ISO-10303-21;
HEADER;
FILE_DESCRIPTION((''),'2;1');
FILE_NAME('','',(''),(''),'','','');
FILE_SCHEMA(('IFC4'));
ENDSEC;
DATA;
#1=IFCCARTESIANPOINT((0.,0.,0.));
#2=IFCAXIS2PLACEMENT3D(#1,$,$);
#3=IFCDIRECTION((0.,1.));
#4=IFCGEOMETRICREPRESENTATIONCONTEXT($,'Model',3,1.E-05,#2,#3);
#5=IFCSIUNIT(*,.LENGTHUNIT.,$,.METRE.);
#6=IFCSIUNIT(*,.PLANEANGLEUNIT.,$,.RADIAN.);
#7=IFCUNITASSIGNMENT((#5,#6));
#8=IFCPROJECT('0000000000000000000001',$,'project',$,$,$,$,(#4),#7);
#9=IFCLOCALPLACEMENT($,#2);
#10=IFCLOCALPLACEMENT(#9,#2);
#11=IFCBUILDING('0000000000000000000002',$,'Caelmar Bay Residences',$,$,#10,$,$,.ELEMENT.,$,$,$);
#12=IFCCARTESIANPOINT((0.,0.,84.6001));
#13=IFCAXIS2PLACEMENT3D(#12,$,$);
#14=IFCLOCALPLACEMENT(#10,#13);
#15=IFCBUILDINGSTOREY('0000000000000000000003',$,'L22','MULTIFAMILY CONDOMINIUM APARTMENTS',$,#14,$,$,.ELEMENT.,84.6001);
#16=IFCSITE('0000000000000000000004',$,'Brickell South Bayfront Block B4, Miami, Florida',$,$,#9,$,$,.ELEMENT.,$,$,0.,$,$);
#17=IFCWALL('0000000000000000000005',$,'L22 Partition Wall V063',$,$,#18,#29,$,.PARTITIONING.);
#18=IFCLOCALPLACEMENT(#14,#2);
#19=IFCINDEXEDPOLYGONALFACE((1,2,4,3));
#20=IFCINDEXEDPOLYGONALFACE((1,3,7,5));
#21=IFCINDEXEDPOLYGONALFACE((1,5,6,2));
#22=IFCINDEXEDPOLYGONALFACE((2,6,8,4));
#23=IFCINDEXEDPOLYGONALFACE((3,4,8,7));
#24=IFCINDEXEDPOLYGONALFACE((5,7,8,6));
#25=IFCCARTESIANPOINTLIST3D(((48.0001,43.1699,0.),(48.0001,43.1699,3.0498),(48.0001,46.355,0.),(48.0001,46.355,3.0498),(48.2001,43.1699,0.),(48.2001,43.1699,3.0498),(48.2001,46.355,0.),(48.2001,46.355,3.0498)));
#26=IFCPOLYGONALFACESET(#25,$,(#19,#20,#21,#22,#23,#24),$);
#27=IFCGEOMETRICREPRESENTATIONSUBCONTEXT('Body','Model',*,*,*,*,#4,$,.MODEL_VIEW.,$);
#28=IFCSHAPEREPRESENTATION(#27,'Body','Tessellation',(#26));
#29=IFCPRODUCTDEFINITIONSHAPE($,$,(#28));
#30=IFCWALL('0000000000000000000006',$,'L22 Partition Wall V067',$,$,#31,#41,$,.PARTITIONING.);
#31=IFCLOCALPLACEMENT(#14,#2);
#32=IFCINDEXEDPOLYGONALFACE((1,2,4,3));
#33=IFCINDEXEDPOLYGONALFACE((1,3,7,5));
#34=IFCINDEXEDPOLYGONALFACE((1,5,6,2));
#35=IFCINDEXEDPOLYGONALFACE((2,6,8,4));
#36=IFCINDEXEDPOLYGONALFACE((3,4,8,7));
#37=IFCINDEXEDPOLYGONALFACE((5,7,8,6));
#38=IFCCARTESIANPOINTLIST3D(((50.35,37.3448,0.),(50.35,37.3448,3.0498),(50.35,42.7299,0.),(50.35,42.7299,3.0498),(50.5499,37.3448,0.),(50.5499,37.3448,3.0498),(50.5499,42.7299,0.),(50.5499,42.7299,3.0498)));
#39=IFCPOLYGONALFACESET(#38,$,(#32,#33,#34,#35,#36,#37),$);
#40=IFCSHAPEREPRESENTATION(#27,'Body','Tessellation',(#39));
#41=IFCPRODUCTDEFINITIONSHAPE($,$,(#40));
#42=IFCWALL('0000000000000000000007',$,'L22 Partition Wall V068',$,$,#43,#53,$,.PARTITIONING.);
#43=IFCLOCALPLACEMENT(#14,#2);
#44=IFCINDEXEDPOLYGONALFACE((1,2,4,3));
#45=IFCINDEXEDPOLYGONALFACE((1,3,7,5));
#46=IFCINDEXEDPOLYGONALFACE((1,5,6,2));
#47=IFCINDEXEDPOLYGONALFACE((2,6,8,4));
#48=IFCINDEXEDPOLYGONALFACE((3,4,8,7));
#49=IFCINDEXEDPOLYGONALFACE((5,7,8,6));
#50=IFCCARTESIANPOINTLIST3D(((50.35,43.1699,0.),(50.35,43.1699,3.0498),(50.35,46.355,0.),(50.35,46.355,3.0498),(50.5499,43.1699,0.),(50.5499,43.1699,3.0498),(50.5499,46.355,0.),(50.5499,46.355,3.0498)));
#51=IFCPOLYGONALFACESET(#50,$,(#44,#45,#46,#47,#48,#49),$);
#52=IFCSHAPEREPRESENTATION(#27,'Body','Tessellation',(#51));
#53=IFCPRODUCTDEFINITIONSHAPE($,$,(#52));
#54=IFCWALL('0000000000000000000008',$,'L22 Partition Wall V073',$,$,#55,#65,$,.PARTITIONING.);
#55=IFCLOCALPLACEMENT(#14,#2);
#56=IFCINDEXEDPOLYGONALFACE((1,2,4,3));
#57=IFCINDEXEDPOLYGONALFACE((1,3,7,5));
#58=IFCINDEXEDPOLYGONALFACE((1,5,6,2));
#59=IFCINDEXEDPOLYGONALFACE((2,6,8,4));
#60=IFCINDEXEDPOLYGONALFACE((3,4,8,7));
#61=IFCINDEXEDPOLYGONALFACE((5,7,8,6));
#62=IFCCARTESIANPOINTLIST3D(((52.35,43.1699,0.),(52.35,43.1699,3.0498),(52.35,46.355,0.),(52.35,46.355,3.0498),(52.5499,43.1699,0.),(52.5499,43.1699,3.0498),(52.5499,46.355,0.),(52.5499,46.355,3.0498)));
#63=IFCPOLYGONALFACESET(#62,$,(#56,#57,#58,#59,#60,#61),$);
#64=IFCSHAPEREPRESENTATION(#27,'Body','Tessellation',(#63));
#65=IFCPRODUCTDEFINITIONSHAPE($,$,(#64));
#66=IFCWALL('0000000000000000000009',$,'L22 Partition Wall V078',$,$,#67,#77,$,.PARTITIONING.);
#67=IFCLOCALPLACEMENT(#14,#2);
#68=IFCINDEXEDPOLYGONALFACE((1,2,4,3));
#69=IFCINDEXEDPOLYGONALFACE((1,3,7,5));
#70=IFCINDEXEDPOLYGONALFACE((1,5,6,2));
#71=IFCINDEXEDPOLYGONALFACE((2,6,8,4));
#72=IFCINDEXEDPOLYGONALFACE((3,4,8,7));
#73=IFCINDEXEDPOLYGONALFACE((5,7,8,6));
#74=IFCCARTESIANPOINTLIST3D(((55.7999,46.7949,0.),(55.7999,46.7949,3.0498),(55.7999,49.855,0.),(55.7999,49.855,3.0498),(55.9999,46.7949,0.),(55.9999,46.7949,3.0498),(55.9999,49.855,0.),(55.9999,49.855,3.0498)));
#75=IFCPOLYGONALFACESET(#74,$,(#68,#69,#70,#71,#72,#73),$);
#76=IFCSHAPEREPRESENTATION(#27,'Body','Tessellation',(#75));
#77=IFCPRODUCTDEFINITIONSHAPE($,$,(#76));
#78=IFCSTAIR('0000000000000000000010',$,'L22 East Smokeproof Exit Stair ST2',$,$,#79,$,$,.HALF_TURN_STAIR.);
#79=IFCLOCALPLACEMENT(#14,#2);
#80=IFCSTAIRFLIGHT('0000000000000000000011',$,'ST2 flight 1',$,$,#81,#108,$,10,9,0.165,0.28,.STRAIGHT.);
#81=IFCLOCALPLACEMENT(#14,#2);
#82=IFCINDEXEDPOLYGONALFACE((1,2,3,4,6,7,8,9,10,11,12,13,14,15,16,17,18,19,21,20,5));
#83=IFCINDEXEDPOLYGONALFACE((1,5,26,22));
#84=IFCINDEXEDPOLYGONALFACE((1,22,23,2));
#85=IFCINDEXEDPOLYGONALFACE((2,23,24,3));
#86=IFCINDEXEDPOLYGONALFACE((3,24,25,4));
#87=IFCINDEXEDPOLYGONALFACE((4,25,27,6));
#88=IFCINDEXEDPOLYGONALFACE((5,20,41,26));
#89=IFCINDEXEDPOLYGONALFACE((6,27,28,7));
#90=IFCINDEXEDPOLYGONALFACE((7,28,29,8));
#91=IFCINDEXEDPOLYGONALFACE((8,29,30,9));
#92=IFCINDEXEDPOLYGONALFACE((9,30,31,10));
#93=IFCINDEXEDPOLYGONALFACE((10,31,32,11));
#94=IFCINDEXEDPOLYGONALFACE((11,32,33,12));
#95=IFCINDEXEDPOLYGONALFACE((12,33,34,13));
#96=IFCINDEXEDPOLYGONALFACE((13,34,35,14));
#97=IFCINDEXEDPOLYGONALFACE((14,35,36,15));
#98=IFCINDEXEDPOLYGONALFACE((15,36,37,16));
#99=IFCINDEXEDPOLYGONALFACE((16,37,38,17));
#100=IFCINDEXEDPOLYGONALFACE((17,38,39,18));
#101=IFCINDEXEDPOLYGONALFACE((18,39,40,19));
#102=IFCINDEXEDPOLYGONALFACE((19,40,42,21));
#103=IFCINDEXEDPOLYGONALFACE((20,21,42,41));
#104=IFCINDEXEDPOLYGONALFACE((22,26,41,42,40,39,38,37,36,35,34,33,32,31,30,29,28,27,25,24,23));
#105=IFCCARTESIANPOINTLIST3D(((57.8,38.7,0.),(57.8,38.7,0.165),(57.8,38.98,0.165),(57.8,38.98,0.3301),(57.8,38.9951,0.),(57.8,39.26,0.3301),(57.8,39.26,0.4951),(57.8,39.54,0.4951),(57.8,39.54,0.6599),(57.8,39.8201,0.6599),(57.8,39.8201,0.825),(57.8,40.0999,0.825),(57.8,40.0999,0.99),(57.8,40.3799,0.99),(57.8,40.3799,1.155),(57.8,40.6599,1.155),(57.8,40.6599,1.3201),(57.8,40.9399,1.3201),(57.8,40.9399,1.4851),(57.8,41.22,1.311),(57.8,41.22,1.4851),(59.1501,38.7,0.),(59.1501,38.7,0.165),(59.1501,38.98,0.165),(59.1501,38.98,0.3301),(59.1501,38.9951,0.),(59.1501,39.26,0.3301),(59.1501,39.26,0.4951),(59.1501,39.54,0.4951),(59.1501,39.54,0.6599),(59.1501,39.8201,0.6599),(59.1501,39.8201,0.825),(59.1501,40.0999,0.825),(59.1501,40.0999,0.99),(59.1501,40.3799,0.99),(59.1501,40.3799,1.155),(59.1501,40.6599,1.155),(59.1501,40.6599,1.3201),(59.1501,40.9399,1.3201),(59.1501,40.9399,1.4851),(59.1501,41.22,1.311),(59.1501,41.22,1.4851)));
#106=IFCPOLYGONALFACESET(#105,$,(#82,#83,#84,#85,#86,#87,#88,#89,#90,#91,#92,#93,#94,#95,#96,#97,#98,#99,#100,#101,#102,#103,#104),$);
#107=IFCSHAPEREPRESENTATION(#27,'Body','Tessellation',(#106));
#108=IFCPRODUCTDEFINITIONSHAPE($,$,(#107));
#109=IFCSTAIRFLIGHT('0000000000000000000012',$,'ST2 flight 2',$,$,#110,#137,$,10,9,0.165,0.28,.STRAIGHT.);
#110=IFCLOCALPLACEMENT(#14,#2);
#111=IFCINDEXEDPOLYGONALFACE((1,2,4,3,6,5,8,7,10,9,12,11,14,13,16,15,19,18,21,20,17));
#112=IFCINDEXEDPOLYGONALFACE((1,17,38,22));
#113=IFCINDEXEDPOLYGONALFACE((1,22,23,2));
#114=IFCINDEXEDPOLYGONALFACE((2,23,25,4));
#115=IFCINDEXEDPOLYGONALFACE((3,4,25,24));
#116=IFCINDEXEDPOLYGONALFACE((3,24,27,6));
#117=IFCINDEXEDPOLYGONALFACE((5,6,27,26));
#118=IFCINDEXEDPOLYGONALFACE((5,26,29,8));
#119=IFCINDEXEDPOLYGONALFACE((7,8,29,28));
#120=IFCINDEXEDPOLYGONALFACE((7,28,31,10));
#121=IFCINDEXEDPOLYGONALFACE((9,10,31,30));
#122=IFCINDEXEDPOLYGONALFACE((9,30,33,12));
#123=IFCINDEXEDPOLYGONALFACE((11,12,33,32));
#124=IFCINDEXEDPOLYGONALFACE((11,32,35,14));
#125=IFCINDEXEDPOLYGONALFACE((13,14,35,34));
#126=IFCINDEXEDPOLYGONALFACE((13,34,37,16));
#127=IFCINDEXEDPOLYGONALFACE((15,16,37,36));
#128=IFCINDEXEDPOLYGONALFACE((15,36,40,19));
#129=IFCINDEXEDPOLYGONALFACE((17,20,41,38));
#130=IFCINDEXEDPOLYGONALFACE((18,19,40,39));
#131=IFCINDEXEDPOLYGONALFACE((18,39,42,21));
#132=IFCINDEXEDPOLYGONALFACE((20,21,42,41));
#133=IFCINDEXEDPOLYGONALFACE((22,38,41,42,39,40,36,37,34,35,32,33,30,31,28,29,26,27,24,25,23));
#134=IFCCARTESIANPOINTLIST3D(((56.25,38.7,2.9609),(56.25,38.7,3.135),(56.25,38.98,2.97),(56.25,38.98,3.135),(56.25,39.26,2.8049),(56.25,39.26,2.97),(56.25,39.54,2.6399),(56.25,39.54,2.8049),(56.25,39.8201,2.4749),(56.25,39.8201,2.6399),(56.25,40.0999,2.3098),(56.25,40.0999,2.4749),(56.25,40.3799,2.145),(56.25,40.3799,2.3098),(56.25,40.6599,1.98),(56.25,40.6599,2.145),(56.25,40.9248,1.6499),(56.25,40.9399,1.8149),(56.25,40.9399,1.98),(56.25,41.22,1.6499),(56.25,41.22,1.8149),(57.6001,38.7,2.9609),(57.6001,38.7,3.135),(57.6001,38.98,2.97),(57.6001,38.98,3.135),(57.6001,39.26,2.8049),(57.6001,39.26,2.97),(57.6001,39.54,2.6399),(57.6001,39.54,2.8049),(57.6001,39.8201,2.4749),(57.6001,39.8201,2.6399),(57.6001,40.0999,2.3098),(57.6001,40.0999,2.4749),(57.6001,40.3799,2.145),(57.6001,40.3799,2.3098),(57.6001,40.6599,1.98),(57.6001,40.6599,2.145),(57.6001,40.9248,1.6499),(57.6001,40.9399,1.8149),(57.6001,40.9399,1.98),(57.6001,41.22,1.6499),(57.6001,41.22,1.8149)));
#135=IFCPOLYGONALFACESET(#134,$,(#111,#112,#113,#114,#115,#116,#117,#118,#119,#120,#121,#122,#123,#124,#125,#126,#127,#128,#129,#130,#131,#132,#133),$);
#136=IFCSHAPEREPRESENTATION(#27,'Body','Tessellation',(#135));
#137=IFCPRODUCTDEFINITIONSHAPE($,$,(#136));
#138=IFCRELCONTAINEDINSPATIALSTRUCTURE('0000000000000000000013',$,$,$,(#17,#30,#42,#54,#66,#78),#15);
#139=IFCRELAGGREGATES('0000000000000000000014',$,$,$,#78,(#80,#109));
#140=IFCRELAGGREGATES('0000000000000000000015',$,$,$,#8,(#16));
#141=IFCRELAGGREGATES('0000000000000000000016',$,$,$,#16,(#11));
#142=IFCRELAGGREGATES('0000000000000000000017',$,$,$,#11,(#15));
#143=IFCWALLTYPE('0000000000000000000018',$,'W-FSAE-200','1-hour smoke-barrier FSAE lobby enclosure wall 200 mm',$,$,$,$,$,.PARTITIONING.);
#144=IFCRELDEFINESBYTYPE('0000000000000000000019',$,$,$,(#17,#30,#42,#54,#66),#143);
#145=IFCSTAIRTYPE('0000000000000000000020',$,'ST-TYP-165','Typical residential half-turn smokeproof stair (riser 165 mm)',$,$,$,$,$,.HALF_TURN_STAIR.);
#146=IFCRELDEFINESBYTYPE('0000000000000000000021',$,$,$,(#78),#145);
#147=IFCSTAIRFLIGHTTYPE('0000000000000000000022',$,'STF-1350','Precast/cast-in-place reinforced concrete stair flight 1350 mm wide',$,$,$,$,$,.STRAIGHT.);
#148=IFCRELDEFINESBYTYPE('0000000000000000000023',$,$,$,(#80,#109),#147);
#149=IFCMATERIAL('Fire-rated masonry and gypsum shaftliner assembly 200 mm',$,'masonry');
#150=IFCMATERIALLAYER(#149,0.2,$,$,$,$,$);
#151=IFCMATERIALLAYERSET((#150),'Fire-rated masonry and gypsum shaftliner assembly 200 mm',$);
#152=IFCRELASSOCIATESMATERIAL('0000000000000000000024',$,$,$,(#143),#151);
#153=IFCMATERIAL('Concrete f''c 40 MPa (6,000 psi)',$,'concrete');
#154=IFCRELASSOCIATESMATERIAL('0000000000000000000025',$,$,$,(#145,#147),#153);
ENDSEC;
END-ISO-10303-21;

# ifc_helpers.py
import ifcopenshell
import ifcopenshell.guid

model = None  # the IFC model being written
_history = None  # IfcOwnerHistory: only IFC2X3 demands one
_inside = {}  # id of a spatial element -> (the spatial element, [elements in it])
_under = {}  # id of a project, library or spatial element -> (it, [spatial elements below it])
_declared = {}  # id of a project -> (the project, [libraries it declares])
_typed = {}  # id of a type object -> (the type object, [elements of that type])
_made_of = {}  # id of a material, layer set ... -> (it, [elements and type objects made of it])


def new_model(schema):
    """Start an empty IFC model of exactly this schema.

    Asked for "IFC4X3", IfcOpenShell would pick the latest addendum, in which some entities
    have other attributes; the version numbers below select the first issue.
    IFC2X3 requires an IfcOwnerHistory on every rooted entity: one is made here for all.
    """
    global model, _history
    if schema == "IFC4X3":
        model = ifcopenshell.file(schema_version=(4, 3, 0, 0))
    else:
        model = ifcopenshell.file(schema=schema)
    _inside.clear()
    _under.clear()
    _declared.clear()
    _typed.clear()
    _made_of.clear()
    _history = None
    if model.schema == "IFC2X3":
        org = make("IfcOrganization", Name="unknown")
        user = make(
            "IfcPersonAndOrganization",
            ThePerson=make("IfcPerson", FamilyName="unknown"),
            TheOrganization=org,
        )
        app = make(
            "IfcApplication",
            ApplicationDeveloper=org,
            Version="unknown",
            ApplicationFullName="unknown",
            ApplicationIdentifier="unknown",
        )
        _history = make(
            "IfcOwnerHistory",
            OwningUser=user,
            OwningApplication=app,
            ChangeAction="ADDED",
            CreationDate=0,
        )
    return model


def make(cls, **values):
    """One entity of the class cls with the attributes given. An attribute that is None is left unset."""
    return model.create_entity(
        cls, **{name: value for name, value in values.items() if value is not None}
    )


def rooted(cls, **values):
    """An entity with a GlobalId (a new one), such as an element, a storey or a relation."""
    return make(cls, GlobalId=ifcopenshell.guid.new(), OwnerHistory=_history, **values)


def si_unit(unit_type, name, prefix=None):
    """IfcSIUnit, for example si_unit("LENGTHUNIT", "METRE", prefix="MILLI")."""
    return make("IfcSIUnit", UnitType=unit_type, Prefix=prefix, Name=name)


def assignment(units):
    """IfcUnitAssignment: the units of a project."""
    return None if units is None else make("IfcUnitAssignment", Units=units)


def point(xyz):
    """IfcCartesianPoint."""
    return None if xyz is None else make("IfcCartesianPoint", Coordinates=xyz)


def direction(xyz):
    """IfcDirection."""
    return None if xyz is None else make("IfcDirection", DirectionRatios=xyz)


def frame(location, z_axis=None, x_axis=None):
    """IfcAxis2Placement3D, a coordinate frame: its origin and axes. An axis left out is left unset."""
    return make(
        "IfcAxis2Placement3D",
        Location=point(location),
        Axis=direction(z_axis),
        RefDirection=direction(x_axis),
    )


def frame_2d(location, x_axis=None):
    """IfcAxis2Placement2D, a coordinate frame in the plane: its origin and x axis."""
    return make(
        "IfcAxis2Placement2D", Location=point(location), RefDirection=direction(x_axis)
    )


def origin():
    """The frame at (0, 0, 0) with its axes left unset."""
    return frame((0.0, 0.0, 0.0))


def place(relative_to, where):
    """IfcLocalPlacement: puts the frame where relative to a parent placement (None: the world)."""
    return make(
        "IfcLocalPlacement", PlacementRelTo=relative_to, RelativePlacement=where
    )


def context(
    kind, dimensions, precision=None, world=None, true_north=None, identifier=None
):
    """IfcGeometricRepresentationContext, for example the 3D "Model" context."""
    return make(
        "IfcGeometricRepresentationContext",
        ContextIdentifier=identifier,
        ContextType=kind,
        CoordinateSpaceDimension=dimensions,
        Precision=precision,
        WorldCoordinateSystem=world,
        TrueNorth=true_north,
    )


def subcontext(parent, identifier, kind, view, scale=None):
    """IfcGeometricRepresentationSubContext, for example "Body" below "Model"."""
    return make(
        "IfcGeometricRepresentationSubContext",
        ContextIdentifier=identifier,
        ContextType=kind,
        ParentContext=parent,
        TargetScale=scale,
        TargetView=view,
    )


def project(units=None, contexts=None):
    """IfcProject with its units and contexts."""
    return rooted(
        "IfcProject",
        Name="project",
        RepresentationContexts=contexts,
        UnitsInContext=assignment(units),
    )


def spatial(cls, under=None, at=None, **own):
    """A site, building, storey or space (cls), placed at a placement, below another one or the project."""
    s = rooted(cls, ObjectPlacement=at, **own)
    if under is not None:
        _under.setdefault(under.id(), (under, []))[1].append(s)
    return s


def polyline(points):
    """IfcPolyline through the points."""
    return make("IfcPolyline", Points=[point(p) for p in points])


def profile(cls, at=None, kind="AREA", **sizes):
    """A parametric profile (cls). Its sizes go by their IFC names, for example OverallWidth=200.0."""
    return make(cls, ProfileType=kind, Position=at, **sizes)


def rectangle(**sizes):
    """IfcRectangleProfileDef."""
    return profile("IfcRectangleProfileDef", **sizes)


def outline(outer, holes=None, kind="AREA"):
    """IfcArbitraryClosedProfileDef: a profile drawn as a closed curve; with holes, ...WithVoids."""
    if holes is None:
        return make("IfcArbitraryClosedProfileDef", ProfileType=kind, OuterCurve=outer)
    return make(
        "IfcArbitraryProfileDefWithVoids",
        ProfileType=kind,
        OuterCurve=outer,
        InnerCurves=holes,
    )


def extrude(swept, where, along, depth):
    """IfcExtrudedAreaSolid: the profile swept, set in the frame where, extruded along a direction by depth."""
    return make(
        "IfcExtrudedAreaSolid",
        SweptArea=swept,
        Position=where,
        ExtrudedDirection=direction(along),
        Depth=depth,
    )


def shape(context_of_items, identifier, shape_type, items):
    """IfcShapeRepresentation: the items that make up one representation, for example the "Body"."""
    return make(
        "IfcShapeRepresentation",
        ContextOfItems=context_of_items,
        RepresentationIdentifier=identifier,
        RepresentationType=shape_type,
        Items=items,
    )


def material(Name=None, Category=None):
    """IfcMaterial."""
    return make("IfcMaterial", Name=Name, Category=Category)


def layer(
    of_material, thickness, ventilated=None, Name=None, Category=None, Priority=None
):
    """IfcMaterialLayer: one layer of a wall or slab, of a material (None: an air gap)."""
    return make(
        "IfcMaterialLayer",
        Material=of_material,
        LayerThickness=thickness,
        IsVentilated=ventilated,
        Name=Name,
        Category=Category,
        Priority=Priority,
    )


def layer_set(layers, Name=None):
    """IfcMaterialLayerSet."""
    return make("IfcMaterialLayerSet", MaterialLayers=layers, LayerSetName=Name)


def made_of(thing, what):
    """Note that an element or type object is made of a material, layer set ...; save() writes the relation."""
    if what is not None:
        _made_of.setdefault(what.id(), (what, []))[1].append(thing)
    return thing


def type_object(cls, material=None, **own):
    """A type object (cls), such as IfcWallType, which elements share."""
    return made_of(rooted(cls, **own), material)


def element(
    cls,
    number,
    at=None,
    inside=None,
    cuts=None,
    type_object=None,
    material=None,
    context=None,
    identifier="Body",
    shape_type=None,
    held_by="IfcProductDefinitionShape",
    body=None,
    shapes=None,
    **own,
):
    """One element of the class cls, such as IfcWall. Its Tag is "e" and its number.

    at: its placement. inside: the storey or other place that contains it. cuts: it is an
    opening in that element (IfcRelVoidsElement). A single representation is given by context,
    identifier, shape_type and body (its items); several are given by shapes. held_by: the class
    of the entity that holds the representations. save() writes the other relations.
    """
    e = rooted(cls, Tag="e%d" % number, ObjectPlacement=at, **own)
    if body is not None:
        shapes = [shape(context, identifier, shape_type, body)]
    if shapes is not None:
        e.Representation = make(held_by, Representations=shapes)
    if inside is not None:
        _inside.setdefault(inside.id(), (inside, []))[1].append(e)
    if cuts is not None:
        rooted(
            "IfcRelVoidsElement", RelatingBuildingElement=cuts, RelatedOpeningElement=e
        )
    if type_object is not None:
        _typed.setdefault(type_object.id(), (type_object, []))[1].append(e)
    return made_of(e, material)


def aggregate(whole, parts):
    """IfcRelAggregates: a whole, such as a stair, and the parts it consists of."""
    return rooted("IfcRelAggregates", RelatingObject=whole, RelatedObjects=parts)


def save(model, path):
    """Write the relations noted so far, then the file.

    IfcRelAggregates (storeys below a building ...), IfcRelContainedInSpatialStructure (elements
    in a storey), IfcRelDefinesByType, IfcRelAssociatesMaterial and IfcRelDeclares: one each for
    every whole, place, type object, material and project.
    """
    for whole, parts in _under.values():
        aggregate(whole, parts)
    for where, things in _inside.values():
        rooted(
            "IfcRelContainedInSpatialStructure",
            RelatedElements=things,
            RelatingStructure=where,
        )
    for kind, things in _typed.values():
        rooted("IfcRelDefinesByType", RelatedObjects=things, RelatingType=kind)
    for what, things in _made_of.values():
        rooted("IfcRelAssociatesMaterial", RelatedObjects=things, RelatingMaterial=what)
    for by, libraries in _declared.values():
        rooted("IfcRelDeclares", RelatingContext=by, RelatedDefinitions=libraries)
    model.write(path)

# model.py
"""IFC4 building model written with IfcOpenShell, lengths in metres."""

from ifc_helpers import new_model, si_unit, direction, frame, frame_2d, origin, place, context, subcontext, project, spatial, polyline, rectangle, outline, extrude, material, layer, layer_set, type_object, element, aggregate, save


model = new_model("IFC4")

# Units and contexts
model_context = context("Model", 3, precision=1e-05, world=origin(), true_north=direction((0.0, 1.0)))
body_context = subcontext(model_context, "Body", "Model", "MODEL_VIEW")
ifc_project = project(units=[si_unit("LENGTHUNIT", "METRE"), si_unit("PLANEANGLEUNIT", "RADIAN")], contexts=[model_context])

# Site, building, storey
site_placement = place(None, origin())
site = spatial("IfcSite", under=ifc_project, at=site_placement, Name="Brickell South Bayfront Block B4, Miami, Florida", CompositionType="ELEMENT", RefElevation=0.0)
building_placement = place(site_placement, origin())
building = spatial("IfcBuilding", under=site, at=building_placement, Name="Caelmar Bay Residences", CompositionType="ELEMENT")
storey_placement = place(building_placement, frame((0.0, 0.0, 84.6001)))
storey = spatial("IfcBuildingStorey", under=building, at=storey_placement, Name="L22", Description="MULTIFAMILY CONDOMINIUM APARTMENTS", CompositionType="ELEMENT", Elevation=84.6001)

# Walls
ifc_material_1 = material(Name="Fire-rated masonry and gypsum shaftliner assembly 200 mm", Category="masonry")
ifc_layer_1 = layer(ifc_material_1, 0.2)
ifc_layer_set_1 = layer_set([ifc_layer_1], Name="Fire-rated masonry and gypsum shaftliner assembly 200 mm")
wall_type_1 = type_object("IfcWallType", Name="W-FSAE-200", Description="1-hour smoke-barrier FSAE lobby enclosure wall 200 mm", PredefinedType="PARTITIONING", material=ifc_layer_set_1)
for number, where, z_axis, x_axis, name in (
    (1, (48.1001, 43.1699, 0.0), (0.0, 0.0, 1.0), (0.0, 1.0, 0.0), "L22 Partition Wall V063"),
):
    element("IfcWall", number, at=place(storey_placement, frame(where, z_axis=z_axis, x_axis=x_axis)), inside=storey, type_object=wall_type_1, Name=name, PredefinedType="PARTITIONING", context=body_context, shape_type="SweptSolid", body=[
        extrude(rectangle(XDim=3.1851, YDim=0.2, at=frame_2d((1.5925, 0.0))), origin(), (0.0, 0.0, 1.0), 3.0498),
    ])
wall_1_placement = place(storey_placement, frame((50.45, 37.345, 0.0), z_axis=(0.0, 0.0, 1.0), x_axis=(0.0, 1.0, 0.0)))
element("IfcWall", 2, at=wall_1_placement, inside=storey, type_object=wall_type_1, Name="L22 Partition Wall V067", PredefinedType="PARTITIONING", context=body_context, shape_type="SweptSolid", body=[
    extrude(rectangle(XDim=5.385, YDim=0.2, at=frame_2d((2.6924, 0.0))), origin(), (0.0, 0.0, 1.0), 3.0498),
])
for number, where, z_axis, x_axis, name in (
    (3, (50.45, 43.1699, 0.0), (0.0, 0.0, 1.0), (0.0, 1.0, 0.0), "L22 Partition Wall V068"),
    (4, (52.45, 43.1699, 0.0), (0.0, 0.0, 1.0), (0.0, 1.0, 0.0), "L22 Partition Wall V073"),
):
    element("IfcWall", number, at=place(storey_placement, frame(where, z_axis=z_axis, x_axis=x_axis)), inside=storey, type_object=wall_type_1, Name=name, PredefinedType="PARTITIONING", context=body_context, shape_type="SweptSolid", body=[
        extrude(rectangle(XDim=3.1851, YDim=0.2, at=frame_2d((1.5925, 0.0))), origin(), (0.0, 0.0, 1.0), 3.0498),
    ])
wall_2_placement = place(storey_placement, frame((55.8999, 46.7949, 0.0), z_axis=(0.0, 0.0, 1.0), x_axis=(0.0, 1.0, 0.0)))
element("IfcWall", 5, at=wall_2_placement, inside=storey, type_object=wall_type_1, Name="L22 Partition Wall V078", PredefinedType="PARTITIONING", context=body_context, shape_type="SweptSolid", body=[
    extrude(rectangle(XDim=3.0601, YDim=0.2, at=frame_2d((1.53, 0.0))), origin(), (0.0, 0.0, 1.0), 3.0498),
])

# Stair, stair flights
ifc_material_2 = material(Name="Concrete f'c 40 MPa (6,000 psi)", Category="concrete")
stair_type = type_object("IfcStairType", Name="ST-TYP-165", Description="Typical residential half-turn smokeproof stair (riser 165 mm)", PredefinedType="HALF_TURN_STAIR", material=ifc_material_2)
stair_placement = place(storey_placement, origin())
stair = element("IfcStair", 6, at=stair_placement, inside=storey, type_object=stair_type, Name="L22 East Smokeproof Exit Stair ST2", PredefinedType="HALF_TURN_STAIR")
stair_flight_type = type_object("IfcStairFlightType", Name="STF-1350", Description="Precast/cast-in-place reinforced concrete stair flight 1350 mm wide", PredefinedType="STRAIGHT", material=ifc_material_2)
stair_flight_1_placement = place(storey_placement, frame((58.4751, 38.7, 0.0), z_axis=(0.0, 0.0, 1.0), x_axis=(0.0, 1.0, 0.0)))
stair_flight_1 = element("IfcStairFlight", 7, at=stair_flight_1_placement, type_object=stair_flight_type, Name="ST2 flight 1", NumberOfRisers=10, NumberOfTreads=9, PredefinedType="STRAIGHT", RiserHeight=0.165, TreadLength=0.28, context=body_context, shape_type="SweptSolid", body=[
    extrude(outline(polyline([(0.0, 0.0), (0.0, 0.165), (0.28, 0.165), (0.28, 0.3301), (0.5601, 0.3301), (0.5601, 0.4951), (0.8401, 0.4951), (0.8401, 0.6599), (1.1201, 0.6599), (1.1201, 0.825), (1.3999, 0.825), (1.3999, 0.99), (1.6799, 0.99), (1.6799, 1.155), (1.96, 1.155), (1.96, 1.3201), (2.24, 1.3201), (2.24, 1.4851), (2.52, 1.4851), (2.52, 1.6499), (2.52, 1.311), (0.2952, 0.0), (0.0, 0.0)])), frame((0.0, 0.675, 0.0), z_axis=(0.0, -1.0, 0.0), x_axis=(1.0, 0.0, 0.0)), (0.0, 0.0, 1.0), 1.3501),
])
stair_flight_2_placement = place(storey_placement, frame((56.925, 41.22, 1.6499), z_axis=(0.0, 0.0, 1.0), x_axis=(0.0, -1.0, 0.0)))
stair_flight_2 = element("IfcStairFlight", 8, at=stair_flight_2_placement, type_object=stair_flight_type, Name="ST2 flight 2", NumberOfRisers=10, NumberOfTreads=9, PredefinedType="STRAIGHT", RiserHeight=0.165, TreadLength=0.28, context=body_context, shape_type="SweptSolid", body=[
    extrude(outline(polyline([(0.0, 0.0), (0.0, 0.165), (0.28, 0.165), (0.28, 0.3301), (0.5601, 0.3301), (0.5601, 0.4951), (0.8401, 0.4951), (0.8401, 0.6599), (1.1201, 0.6599), (1.1201, 0.825), (1.3999, 0.825), (1.3999, 0.99), (1.6799, 0.99), (1.6799, 1.155), (1.96, 1.155), (1.96, 1.3201), (2.24, 1.3201), (2.24, 1.4851), (2.52, 1.4851), (2.52, 1.6499), (2.52, 1.311), (0.2952, 0.0), (0.0, 0.0)])), frame((0.0, 0.675, 0.0), z_axis=(0.0, -1.0, 0.0), x_axis=(1.0, 0.0, 0.0)), (0.0, 0.0, 1.0), 1.3501),
])
aggregate(stair, [stair_flight_1, stair_flight_2])

save(model, "model.ifc")
